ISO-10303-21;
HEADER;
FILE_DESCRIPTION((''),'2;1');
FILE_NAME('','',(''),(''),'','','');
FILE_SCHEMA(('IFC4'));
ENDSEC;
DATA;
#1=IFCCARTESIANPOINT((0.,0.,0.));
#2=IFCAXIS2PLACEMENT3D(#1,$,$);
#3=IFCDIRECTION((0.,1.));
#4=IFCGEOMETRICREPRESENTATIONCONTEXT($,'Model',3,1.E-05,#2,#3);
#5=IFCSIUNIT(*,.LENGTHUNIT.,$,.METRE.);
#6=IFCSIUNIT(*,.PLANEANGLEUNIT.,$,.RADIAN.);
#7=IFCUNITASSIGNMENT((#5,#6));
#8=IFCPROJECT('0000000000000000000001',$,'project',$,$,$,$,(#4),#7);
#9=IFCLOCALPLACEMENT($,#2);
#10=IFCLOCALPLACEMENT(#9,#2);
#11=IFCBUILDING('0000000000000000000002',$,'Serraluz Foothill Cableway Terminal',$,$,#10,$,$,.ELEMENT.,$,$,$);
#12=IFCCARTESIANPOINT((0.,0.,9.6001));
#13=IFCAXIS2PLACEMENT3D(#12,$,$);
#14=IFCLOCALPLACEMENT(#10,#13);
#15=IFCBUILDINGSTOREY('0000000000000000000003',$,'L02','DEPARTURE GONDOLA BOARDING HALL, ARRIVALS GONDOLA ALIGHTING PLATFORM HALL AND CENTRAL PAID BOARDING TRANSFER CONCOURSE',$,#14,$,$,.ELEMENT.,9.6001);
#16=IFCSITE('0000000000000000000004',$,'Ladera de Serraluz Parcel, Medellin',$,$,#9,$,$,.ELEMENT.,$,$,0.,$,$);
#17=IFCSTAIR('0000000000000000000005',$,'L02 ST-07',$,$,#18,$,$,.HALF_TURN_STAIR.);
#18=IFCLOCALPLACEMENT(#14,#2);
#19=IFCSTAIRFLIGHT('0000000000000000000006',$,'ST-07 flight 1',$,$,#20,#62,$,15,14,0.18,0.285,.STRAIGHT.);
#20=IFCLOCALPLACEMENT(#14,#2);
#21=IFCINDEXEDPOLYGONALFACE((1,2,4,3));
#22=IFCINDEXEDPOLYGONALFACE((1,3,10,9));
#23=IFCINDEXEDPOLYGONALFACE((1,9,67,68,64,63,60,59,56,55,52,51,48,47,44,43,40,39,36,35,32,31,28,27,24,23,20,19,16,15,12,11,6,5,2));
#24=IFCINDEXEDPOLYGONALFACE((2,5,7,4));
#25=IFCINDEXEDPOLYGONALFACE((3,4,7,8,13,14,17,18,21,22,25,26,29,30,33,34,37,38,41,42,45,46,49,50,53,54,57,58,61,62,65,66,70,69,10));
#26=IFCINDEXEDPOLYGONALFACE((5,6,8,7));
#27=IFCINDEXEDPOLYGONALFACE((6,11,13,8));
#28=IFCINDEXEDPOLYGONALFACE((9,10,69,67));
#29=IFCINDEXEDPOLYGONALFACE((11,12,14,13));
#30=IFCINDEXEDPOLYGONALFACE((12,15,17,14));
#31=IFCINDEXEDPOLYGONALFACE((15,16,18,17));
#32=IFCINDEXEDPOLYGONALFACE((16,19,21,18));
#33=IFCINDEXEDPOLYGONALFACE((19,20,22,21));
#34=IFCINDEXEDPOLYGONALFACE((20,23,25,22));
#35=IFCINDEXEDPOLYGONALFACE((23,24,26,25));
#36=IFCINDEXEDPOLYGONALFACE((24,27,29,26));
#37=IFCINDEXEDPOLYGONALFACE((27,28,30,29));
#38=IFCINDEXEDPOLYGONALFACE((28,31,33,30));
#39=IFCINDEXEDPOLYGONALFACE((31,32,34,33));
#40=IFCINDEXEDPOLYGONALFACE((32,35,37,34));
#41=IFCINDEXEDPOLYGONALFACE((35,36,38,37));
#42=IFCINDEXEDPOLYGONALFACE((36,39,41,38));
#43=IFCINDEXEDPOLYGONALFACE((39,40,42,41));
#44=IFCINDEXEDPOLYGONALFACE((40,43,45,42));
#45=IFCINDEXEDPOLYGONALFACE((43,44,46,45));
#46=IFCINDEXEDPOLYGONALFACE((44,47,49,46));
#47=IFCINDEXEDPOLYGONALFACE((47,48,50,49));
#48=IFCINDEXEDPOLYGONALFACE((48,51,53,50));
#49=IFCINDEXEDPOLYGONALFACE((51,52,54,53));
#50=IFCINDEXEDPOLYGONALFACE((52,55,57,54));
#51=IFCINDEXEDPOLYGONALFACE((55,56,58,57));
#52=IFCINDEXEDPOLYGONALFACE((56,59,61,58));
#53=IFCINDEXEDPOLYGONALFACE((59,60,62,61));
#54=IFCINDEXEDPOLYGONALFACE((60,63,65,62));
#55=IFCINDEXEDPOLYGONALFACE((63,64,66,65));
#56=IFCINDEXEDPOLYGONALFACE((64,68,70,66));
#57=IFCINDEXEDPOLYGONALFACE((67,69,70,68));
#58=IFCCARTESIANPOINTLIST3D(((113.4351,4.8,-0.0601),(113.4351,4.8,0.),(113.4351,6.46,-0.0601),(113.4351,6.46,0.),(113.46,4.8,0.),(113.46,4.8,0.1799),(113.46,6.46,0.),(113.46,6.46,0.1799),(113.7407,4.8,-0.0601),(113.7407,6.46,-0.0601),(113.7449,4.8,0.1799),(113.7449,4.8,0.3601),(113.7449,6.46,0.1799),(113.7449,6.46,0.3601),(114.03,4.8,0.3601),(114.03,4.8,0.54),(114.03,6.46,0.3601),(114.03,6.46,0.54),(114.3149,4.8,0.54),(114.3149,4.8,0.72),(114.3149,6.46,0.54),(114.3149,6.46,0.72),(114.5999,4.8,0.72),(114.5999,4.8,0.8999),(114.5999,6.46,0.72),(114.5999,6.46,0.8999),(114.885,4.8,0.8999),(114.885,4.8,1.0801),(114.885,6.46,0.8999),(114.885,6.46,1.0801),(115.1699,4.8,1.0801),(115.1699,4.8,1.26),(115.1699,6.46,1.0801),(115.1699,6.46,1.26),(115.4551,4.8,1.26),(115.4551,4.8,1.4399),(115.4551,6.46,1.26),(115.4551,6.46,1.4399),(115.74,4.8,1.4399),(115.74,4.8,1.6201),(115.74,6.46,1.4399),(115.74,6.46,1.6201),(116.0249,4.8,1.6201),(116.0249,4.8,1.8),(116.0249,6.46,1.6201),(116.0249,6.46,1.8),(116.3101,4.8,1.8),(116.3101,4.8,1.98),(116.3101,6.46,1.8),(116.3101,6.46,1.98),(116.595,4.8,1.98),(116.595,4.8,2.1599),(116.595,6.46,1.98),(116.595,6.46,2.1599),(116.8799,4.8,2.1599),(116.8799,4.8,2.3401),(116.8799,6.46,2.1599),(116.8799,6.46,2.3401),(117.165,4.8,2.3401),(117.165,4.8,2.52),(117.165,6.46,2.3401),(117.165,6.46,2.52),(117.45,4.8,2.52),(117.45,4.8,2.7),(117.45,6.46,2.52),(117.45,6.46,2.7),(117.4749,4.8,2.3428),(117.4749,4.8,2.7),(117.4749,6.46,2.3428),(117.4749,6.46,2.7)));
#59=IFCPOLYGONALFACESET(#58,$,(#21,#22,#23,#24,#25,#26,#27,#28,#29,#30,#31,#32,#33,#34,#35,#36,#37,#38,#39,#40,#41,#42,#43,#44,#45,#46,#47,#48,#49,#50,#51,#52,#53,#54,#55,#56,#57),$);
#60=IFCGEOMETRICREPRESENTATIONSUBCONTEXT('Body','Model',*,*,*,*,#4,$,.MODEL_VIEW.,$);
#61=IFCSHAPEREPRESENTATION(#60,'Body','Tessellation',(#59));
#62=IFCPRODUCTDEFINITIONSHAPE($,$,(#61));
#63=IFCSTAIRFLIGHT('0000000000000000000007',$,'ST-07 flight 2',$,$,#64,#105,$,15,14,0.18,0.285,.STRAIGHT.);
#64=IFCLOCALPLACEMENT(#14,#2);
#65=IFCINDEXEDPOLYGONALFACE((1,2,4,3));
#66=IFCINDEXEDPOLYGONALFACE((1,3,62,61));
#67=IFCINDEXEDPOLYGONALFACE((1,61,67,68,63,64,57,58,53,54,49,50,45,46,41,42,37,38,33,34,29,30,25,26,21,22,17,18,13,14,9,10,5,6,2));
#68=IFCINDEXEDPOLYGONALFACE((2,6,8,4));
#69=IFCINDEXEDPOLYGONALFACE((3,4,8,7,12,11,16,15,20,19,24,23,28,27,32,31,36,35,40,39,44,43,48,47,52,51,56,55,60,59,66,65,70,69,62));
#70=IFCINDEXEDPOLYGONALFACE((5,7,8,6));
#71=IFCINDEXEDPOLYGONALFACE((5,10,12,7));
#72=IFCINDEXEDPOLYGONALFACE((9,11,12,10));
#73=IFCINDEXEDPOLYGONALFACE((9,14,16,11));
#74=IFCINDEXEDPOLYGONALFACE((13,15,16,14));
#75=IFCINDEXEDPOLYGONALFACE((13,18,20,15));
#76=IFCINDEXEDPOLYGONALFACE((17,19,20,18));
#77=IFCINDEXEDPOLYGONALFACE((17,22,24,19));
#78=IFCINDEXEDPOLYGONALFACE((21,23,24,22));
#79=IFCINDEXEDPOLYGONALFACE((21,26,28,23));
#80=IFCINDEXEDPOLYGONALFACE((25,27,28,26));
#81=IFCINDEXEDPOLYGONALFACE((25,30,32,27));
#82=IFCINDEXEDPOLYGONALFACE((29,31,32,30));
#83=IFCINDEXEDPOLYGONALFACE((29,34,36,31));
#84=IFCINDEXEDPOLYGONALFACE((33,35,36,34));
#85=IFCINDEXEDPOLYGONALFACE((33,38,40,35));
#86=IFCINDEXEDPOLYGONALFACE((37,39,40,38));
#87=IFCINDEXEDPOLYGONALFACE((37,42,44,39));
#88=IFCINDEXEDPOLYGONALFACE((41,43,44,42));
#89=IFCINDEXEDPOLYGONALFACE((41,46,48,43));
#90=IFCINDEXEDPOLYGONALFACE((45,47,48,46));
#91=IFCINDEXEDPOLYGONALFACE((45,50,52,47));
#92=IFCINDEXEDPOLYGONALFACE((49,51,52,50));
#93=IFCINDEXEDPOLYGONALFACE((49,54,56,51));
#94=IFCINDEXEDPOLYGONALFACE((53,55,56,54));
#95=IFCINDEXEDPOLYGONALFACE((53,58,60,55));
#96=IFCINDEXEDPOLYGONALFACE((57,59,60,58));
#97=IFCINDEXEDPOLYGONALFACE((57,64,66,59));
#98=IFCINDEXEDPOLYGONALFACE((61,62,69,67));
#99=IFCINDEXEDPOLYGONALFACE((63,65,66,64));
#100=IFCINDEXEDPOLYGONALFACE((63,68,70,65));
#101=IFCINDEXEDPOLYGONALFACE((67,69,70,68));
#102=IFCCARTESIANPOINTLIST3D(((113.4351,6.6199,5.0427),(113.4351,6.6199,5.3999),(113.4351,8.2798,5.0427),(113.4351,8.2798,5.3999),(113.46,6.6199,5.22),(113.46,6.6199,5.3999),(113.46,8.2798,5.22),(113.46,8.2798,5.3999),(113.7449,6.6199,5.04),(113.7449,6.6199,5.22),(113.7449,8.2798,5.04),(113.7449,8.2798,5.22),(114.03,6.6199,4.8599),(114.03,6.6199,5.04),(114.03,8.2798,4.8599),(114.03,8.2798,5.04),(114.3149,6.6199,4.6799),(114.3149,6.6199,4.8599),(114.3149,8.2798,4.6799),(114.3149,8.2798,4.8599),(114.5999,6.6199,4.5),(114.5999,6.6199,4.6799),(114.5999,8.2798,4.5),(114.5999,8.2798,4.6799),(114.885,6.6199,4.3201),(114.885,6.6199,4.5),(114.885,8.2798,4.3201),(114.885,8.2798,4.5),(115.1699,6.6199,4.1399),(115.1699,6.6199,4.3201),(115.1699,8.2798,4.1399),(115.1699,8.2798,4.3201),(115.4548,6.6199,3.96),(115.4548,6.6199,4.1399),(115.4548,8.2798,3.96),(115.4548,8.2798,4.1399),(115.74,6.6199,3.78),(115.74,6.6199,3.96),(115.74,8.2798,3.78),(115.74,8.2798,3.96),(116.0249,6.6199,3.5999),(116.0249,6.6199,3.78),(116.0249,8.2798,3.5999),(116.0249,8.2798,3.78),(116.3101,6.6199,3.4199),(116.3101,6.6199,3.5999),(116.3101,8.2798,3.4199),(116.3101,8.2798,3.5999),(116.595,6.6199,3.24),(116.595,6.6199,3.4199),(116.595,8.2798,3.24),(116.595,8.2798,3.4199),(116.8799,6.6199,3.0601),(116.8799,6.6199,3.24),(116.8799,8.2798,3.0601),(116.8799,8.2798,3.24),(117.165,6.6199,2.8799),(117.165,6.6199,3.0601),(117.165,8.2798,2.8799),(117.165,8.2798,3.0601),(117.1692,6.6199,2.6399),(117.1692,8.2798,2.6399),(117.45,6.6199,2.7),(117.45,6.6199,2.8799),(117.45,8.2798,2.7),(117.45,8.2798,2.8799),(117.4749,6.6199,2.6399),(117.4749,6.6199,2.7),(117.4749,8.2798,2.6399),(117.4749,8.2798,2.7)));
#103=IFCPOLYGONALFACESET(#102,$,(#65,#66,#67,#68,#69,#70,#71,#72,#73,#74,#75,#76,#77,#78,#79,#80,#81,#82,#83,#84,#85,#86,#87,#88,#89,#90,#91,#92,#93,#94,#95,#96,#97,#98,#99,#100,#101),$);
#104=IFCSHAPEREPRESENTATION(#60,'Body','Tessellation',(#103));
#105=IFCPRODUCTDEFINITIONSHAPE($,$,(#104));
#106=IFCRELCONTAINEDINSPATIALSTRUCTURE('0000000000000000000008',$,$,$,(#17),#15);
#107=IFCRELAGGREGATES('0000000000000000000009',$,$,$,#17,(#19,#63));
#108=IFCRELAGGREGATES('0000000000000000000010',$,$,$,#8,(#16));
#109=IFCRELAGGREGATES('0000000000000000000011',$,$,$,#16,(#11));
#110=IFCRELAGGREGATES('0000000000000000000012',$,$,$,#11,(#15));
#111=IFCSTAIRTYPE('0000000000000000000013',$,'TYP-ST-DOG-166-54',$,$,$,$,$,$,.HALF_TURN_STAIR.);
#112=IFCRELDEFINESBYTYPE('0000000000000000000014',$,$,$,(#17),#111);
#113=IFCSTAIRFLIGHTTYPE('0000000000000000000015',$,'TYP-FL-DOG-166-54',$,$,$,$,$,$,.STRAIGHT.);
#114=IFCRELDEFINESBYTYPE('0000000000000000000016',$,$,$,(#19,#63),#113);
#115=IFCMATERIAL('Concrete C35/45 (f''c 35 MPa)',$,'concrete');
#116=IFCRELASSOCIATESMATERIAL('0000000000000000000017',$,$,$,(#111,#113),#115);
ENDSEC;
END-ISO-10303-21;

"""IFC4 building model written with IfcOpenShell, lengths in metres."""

from ifc_helpers import new_model, si_unit, direction, frame, origin, place, context, subcontext, project, spatial, polyline, outline, extrude, material, type_object, element, aggregate, save


model = new_model("IFC4")

# Units and contexts
model_context = context("Model", 3, precision=1e-05, world=origin(), true_north=direction((0.0, 1.0)))
body_context = subcontext(model_context, "Body", "Model", "MODEL_VIEW")
ifc_project = project(units=[si_unit("LENGTHUNIT", "METRE"), si_unit("PLANEANGLEUNIT", "RADIAN")], contexts=[model_context])

# Site, building, storey
site_placement = place(None, origin())
site = spatial("IfcSite", under=ifc_project, at=site_placement, Name="Ladera de Serraluz Parcel, Medellin", CompositionType="ELEMENT", RefElevation=0.0)
building_placement = place(site_placement, origin())
building = spatial("IfcBuilding", under=site, at=building_placement, Name="Serraluz Foothill Cableway Terminal", CompositionType="ELEMENT")
storey_placement = place(building_placement, frame((0.0, 0.0, 9.6001)))
storey = spatial("IfcBuildingStorey", under=building, at=storey_placement, Name="L02", Description="DEPARTURE GONDOLA BOARDING HALL, ARRIVALS GONDOLA ALIGHTING PLATFORM HALL AND CENTRAL PAID BOARDING TRANSFER CONCOURSE", CompositionType="ELEMENT", Elevation=9.6001)

# Shared definitions
ifc_material_1 = material(Name="Concrete C35/45 (f'c 35 MPa)", Category="concrete")

# Stair, stair flights
stair_type = type_object("IfcStairType", Name="TYP-ST-DOG-166-54", PredefinedType="HALF_TURN_STAIR", material=ifc_material_1)
stair_placement = place(storey_placement, origin())
stair = element("IfcStair", 1, at=stair_placement, inside=storey, type_object=stair_type, Name="L02 ST-07", PredefinedType="HALF_TURN_STAIR")
stair_flight_type = type_object("IfcStairFlightType", Name="TYP-FL-DOG-166-54", PredefinedType="STRAIGHT", material=ifc_material_1)
stair_flight_1_placement = place(storey_placement, frame((113.46, 5.6299, 0.0), z_axis=(0.0, 0.0, 1.0), x_axis=(1.0, 0.0, 0.0)))
stair_flight_1 = element("IfcStairFlight", 2, at=stair_flight_1_placement, type_object=stair_flight_type, Name="ST-07 flight 1", NumberOfRisers=15, NumberOfTreads=14, PredefinedType="STRAIGHT", RiserHeight=0.18, TreadLength=0.285, context=body_context, shape_type="SweptSolid", body=[
    extrude(outline(polyline([(-0.0249, -0.0601), (-0.0249, 0.0), (0.0, 0.0), (0.0, 0.1799), (0.2849, 0.1799), (0.2849, 0.3601), (0.5701, 0.3601), (0.5701, 0.54), (0.855, 0.54), (0.855, 0.72), (1.1399, 0.72), (1.1399, 0.8999), (1.425, 0.8999), (1.425, 1.0801), (1.71, 1.0801), (1.71, 1.26), (1.9951, 1.26), (1.9951, 1.4399), (2.28, 1.4399), (2.28, 1.6201), (2.5649, 1.6201), (2.5649, 1.8), (2.8501, 1.8), (2.8501, 1.98), (3.135, 1.98), (3.135, 2.1599), (3.4199, 2.1599), (3.4199, 2.3401), (3.7051, 2.3401), (3.7051, 2.52), (3.99, 2.52), (3.99, 2.7), (4.0149, 2.7), (4.0149, 2.3428), (0.2808, -0.0601), (-0.0249, -0.0601)])), frame((0.0, 0.8301, 0.0), z_axis=(0.0, -1.0, 0.0), x_axis=(1.0, 0.0, 0.0)), (0.0, 0.0, 1.0), 1.6599),
])
stair_flight_2_placement = place(storey_placement, frame((117.45, 7.45, 2.7), z_axis=(0.0, 0.0, 1.0), x_axis=(-1.0, 0.0, 0.0)))
stair_flight_2 = element("IfcStairFlight", 3, at=stair_flight_2_placement, type_object=stair_flight_type, Name="ST-07 flight 2", NumberOfRisers=15, NumberOfTreads=14, PredefinedType="STRAIGHT", RiserHeight=0.18, TreadLength=0.285, context=body_context, shape_type="SweptSolid", body=[
    extrude(outline(polyline([(-0.0249, -0.0601), (-0.0249, 0.0), (0.0, 0.0), (0.0, 0.1799), (0.2849, 0.1799), (0.2849, 0.3601), (0.5701, 0.3601), (0.5701, 0.54), (0.855, 0.54), (0.855, 0.72), (1.1399, 0.72), (1.1399, 0.8999), (1.425, 0.8999), (1.425, 1.0801), (1.71, 1.0801), (1.71, 1.26), (1.9951, 1.26), (1.9951, 1.4399), (2.28, 1.4399), (2.28, 1.6201), (2.5649, 1.6201), (2.5649, 1.8), (2.8501, 1.8), (2.8501, 1.98), (3.135, 1.98), (3.135, 2.1599), (3.4199, 2.1599), (3.4199, 2.3401), (3.7051, 2.3401), (3.7051, 2.52), (3.99, 2.52), (3.99, 2.7), (4.0149, 2.7), (4.0149, 2.3428), (0.2808, -0.0601), (-0.0249, -0.0601)])), frame((0.0, 0.8301, 0.0), z_axis=(0.0, -1.0, 0.0), x_axis=(1.0, 0.0, 0.0)), (0.0, 0.0, 1.0), 1.6599),
])
aggregate(stair, [stair_flight_1, stair_flight_2])

save(model, "model.ifc")
